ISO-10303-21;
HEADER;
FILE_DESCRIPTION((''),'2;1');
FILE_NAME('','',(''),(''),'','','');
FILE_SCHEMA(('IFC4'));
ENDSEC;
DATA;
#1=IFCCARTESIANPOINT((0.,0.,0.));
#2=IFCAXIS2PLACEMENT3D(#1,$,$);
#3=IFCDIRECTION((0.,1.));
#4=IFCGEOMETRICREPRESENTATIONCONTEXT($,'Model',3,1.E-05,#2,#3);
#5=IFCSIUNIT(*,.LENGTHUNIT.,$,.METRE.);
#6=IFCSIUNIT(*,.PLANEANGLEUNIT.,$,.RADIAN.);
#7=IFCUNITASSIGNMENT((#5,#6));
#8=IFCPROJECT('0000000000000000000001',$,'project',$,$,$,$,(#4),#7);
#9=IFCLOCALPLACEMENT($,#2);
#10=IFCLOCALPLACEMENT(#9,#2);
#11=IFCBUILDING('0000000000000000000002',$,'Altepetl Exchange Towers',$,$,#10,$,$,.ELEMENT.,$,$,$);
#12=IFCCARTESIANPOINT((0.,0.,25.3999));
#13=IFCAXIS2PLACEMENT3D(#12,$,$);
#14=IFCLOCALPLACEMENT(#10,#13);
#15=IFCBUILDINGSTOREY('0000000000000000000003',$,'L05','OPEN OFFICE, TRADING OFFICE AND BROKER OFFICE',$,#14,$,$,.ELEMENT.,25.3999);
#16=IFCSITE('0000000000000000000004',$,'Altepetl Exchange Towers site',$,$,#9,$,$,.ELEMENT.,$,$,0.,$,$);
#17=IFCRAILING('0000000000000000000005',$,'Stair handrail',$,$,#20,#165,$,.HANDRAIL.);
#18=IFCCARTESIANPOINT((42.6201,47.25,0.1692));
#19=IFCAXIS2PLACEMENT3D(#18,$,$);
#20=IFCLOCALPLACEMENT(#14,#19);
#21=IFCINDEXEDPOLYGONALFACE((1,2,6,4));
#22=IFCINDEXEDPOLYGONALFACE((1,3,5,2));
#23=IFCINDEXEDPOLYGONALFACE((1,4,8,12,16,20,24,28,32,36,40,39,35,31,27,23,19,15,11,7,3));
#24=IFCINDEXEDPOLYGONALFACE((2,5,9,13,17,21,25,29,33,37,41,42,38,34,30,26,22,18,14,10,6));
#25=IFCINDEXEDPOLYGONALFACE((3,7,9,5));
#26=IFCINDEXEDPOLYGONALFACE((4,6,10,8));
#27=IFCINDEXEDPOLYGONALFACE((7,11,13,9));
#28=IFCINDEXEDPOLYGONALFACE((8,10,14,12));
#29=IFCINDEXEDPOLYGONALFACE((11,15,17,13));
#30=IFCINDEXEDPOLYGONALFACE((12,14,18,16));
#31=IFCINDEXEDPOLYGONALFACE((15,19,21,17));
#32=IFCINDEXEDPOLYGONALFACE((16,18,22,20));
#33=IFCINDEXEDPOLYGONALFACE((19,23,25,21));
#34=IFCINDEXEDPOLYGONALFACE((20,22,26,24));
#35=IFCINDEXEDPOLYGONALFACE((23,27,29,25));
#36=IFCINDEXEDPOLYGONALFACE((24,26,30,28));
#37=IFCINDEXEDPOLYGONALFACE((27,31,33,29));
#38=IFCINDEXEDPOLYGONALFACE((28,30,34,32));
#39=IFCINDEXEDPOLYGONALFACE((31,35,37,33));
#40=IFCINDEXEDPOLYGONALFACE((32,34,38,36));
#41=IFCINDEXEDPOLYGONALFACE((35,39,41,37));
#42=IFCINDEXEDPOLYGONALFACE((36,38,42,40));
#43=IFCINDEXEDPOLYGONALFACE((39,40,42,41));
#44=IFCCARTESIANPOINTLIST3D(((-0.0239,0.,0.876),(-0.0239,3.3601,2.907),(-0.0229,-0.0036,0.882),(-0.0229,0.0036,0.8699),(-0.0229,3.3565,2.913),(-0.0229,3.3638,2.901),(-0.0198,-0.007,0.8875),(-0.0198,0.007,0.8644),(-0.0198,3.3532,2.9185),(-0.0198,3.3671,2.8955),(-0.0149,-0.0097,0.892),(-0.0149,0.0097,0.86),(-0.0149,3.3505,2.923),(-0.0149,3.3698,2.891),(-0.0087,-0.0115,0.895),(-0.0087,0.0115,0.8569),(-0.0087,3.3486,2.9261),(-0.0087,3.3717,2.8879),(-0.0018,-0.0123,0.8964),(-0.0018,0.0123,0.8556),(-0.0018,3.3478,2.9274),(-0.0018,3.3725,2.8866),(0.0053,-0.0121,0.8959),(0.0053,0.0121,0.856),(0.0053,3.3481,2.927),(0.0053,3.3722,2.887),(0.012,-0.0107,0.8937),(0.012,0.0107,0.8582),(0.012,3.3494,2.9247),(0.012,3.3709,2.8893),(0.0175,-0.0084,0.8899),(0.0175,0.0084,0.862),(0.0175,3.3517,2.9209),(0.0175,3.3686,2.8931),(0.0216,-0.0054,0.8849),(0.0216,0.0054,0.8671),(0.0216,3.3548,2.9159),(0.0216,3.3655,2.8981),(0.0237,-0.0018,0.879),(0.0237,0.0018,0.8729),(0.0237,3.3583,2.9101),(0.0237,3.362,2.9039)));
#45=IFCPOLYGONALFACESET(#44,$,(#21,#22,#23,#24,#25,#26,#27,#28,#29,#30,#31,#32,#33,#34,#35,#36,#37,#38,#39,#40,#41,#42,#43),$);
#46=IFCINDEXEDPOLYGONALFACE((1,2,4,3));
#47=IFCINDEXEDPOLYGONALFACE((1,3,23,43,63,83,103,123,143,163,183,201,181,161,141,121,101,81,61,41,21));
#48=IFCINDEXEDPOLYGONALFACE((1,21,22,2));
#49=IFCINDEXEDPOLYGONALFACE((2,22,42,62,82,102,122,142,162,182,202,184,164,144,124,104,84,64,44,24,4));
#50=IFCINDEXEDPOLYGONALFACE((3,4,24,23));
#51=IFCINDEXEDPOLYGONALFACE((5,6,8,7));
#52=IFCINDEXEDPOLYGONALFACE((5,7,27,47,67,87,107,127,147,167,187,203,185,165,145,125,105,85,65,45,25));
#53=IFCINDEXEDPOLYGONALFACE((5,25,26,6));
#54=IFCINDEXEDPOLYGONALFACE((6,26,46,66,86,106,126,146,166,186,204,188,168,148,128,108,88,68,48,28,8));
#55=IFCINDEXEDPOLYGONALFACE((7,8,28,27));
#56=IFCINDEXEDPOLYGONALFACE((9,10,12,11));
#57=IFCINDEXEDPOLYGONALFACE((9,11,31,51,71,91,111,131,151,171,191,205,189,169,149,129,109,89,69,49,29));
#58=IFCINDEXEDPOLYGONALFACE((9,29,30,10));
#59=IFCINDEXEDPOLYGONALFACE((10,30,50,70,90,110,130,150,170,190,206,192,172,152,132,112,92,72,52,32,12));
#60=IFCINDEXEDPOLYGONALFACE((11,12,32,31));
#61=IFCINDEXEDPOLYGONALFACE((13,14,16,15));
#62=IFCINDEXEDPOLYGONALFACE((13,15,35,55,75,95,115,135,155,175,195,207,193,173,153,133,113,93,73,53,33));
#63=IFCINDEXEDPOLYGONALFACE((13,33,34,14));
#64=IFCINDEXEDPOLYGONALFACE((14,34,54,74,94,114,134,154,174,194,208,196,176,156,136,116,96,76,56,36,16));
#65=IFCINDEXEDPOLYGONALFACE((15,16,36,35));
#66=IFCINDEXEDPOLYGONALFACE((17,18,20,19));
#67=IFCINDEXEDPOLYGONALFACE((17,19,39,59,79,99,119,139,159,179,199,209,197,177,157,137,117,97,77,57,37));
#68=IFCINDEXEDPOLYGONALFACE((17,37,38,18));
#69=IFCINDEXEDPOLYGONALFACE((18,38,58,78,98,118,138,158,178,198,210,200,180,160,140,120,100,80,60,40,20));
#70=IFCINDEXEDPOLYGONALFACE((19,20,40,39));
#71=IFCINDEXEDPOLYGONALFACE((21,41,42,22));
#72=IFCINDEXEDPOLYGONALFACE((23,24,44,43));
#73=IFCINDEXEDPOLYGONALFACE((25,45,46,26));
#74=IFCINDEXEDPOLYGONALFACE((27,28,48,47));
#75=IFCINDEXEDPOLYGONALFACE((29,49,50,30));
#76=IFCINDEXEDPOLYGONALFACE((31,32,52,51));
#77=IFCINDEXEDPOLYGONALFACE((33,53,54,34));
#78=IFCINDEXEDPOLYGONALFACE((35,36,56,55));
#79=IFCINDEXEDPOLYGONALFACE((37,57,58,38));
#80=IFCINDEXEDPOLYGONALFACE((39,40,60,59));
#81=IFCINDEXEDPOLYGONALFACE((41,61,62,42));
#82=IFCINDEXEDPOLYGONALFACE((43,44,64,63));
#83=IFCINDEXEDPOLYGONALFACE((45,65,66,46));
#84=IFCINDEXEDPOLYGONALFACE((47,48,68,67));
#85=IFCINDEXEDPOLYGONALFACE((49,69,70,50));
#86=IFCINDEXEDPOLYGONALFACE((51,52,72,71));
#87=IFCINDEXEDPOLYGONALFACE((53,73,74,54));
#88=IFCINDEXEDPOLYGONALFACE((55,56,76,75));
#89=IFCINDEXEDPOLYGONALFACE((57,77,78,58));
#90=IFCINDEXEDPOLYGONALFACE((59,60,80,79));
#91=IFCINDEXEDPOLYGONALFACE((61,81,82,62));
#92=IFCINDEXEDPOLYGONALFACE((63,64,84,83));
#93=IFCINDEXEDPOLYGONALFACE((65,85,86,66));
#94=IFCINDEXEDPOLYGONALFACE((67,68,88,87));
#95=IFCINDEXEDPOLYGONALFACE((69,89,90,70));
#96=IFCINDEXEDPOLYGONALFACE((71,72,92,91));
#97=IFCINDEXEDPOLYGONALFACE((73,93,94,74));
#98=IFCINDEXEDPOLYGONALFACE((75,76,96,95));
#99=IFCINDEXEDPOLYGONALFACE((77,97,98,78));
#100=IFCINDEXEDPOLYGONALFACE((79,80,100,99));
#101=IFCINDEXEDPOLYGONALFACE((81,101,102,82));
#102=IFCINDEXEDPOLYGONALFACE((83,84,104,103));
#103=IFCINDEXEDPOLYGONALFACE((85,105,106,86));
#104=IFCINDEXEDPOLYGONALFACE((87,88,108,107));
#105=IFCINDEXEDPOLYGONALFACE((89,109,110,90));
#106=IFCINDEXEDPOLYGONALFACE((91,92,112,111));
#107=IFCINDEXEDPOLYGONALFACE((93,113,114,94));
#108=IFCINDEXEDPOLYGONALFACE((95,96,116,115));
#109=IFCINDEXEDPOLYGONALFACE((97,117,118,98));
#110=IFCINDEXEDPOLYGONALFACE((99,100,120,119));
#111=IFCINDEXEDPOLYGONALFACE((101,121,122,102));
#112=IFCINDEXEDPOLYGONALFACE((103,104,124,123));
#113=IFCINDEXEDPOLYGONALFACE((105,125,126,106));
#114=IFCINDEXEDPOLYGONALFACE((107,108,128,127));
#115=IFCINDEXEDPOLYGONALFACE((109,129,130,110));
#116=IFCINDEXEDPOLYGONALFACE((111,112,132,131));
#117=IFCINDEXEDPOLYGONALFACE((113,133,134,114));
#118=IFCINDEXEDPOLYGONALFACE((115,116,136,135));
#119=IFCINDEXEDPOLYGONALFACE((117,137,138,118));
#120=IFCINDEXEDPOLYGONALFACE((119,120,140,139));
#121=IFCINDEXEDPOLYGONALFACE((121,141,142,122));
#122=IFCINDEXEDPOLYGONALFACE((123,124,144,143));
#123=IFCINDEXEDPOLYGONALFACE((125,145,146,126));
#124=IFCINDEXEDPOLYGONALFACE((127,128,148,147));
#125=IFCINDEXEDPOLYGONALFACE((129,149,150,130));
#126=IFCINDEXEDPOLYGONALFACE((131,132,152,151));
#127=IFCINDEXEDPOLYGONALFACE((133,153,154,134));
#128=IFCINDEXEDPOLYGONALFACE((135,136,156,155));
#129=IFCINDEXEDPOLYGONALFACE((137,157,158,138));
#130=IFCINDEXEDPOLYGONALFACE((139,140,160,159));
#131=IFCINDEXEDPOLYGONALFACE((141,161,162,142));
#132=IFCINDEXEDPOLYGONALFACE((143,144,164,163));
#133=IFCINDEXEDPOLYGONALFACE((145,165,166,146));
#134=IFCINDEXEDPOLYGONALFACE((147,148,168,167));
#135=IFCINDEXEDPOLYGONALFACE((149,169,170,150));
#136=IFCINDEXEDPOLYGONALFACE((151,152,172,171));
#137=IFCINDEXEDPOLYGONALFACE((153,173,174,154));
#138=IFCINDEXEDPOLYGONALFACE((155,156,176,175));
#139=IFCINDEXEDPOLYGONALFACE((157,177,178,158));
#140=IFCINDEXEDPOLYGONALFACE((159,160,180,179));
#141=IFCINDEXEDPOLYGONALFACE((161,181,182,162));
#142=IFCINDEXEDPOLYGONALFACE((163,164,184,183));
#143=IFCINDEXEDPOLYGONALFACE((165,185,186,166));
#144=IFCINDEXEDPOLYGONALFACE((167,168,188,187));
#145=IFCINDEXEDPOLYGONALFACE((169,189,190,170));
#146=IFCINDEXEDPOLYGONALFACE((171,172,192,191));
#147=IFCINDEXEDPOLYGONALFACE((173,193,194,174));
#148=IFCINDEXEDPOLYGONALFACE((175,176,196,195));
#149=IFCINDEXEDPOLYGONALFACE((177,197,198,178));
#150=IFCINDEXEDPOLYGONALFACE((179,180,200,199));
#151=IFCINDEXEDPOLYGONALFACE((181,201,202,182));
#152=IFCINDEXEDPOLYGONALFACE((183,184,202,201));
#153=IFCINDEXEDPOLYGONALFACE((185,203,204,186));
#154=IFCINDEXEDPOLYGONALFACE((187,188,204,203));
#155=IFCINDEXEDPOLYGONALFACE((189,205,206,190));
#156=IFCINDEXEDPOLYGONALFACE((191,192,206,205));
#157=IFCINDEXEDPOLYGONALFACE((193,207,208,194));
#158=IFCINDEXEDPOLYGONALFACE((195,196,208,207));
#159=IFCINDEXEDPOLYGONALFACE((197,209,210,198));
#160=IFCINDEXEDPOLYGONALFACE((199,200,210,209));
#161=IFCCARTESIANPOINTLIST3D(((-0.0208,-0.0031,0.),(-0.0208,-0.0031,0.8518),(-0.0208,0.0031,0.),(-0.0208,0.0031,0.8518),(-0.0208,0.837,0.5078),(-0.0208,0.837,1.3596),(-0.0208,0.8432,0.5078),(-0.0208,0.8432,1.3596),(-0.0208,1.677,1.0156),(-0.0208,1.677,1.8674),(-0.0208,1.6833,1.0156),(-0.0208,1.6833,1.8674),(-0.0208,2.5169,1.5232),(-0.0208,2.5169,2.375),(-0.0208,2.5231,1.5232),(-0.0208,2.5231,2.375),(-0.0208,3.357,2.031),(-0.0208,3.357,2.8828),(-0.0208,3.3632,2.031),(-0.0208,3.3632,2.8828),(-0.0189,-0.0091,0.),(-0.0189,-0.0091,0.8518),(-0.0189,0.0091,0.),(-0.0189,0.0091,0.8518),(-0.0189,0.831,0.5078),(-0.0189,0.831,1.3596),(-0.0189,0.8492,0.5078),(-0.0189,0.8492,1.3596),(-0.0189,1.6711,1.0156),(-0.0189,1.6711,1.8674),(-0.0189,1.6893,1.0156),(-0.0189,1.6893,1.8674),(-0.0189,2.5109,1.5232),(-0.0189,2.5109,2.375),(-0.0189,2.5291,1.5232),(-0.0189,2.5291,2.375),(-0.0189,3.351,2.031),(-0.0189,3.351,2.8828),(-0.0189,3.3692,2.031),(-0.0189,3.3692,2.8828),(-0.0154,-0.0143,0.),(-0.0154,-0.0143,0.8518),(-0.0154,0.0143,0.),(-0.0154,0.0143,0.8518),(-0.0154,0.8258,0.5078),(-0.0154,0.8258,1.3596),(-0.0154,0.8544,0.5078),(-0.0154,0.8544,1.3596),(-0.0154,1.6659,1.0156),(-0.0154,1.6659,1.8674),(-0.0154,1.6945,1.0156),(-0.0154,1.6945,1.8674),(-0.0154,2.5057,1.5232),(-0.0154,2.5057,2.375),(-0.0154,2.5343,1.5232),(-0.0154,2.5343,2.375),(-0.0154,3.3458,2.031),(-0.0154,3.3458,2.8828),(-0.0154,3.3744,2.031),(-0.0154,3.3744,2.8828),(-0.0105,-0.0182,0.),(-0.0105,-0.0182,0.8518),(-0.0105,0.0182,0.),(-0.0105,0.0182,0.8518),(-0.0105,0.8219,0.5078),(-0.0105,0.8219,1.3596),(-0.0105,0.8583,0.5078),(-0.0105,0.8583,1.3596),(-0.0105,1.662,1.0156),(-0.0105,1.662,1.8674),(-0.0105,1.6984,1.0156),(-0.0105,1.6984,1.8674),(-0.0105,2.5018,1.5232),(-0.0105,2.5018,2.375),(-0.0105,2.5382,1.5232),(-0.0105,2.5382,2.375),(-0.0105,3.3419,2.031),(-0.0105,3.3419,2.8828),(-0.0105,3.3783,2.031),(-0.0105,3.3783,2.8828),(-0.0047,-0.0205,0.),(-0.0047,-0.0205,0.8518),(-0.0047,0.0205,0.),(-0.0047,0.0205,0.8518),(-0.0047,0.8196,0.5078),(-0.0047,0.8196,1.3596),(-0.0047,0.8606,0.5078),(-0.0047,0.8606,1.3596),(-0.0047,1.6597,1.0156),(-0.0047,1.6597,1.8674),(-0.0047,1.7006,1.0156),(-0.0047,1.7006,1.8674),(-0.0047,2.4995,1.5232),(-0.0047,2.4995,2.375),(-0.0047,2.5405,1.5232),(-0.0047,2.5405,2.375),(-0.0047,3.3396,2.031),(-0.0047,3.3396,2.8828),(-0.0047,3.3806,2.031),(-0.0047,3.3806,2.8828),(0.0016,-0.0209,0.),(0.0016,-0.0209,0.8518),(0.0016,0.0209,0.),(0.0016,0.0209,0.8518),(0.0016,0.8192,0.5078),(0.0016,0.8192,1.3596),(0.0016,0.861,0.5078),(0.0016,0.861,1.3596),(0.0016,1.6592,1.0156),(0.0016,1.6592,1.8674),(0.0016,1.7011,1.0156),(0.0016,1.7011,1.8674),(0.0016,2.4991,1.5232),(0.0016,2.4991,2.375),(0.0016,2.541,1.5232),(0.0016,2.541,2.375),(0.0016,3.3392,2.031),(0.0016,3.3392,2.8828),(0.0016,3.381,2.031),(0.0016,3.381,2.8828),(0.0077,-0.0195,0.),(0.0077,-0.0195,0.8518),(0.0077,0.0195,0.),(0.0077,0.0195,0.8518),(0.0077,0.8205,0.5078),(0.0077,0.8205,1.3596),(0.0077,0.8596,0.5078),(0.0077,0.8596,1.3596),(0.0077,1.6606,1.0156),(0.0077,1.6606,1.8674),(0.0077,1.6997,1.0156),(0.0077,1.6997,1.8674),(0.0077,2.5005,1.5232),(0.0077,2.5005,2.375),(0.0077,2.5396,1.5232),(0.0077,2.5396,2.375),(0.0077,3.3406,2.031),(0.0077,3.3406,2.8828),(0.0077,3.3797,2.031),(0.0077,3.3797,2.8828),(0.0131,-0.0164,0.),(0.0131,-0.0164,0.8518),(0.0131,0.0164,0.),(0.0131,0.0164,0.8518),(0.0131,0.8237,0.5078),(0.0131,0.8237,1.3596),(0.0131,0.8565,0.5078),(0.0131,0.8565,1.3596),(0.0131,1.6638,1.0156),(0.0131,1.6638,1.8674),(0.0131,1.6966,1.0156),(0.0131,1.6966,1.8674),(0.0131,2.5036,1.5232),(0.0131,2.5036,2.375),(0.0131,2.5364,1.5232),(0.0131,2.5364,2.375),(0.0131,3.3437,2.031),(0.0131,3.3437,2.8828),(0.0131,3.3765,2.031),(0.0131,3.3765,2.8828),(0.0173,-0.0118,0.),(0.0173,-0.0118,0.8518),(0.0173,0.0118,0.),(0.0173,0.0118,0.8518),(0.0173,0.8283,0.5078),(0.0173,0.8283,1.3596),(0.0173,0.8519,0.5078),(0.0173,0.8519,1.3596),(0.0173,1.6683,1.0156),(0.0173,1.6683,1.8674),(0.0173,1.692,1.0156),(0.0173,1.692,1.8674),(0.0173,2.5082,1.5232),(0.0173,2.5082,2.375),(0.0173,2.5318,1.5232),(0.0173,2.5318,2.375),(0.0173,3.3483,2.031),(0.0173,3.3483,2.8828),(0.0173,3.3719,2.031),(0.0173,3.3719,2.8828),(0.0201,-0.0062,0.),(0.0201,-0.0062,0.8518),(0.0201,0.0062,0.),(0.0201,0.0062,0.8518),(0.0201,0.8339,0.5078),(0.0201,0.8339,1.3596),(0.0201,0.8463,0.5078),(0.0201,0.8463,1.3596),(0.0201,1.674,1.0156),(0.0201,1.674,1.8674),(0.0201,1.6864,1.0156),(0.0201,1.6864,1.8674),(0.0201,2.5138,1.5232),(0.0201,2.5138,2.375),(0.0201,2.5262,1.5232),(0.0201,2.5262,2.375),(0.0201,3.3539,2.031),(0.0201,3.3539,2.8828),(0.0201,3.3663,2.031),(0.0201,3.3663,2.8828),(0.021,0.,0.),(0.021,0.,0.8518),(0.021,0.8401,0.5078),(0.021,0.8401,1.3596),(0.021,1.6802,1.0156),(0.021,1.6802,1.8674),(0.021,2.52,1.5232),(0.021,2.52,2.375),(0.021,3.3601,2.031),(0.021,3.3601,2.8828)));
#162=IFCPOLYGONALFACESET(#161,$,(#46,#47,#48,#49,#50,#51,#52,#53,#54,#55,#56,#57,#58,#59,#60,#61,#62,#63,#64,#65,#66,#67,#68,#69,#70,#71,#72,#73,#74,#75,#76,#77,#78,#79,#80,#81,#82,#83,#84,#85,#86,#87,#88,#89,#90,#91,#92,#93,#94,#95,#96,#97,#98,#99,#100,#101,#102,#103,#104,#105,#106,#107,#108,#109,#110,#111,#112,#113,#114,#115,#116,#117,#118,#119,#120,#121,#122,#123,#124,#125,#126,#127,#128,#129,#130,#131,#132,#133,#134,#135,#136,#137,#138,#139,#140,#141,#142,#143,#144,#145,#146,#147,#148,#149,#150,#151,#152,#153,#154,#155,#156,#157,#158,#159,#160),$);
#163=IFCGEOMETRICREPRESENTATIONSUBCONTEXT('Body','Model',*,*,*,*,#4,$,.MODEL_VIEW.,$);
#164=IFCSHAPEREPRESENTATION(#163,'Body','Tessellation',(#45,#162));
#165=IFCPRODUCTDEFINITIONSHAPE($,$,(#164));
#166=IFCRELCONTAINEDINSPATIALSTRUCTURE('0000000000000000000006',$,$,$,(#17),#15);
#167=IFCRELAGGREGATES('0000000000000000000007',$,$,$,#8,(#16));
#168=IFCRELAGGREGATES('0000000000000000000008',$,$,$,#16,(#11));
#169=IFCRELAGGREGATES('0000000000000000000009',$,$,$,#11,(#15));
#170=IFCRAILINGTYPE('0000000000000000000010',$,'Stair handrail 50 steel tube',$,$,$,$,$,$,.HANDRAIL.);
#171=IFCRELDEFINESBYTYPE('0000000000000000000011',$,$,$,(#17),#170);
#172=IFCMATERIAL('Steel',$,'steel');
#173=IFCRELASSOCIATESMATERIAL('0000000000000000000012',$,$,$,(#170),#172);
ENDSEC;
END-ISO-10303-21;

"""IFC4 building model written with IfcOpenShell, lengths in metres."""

from ifc_helpers import new_model, si_unit, direction, frame, origin, origin_2d, place, context, subcontext, project, spatial, circle, extrude, source, transform, mapped, material, type_object, element, save


model = new_model("IFC4")

# Units and contexts
model_context = context("Model", 3, precision=1e-05, world=origin(), true_north=direction((0.0, 1.0)))
body_context = subcontext(model_context, "Body", "Model", "MODEL_VIEW")
ifc_project = project(units=[si_unit("LENGTHUNIT", "METRE"), si_unit("PLANEANGLEUNIT", "RADIAN")], contexts=[model_context])

# Site, building, storey
site_placement = place(None, origin())
site = spatial("IfcSite", under=ifc_project, at=site_placement, Name="Altepetl Exchange Towers site", CompositionType="ELEMENT", RefElevation=0.0)
building_placement = place(site_placement, origin())
building = spatial("IfcBuilding", under=site, at=building_placement, Name="Altepetl Exchange Towers", CompositionType="ELEMENT")
storey_placement = place(building_placement, frame((0.0, 0.0, 25.3999)))
storey = spatial("IfcBuildingStorey", under=building, at=storey_placement, Name="L05", Description="OPEN OFFICE, TRADING OFFICE AND BROKER OFFICE", CompositionType="ELEMENT", Elevation=25.3999)

# Railing
ifc_material_1 = material(Name="Steel", Category="steel")
railing_type = type_object("IfcRailingType", Name="Stair handrail 50 steel tube", PredefinedType="HANDRAIL", material=ifc_material_1)
shared_shape = source(origin(), body_context, "Body", "SweptSolid", [
    extrude(circle(Radius=0.021, at=origin_2d()), origin(), (0.0, 0.0, 1.0), 0.8518),
])
railing_placement = place(storey_placement, frame((42.6201, 47.25, 0.1692)))
element("IfcRailing", 1, at=railing_placement, inside=storey, type_object=railing_type, Name="Stair handrail", PredefinedType="HANDRAIL", context=body_context, shape_type="SweptSolid", body=[
    extrude(circle(Radius=0.0239, at=origin_2d()), frame((0.0, 0.0, 0.876), z_axis=(0.0, 0.855809, 0.517291), x_axis=(-1.0, 0.0, 0.0)), (0.0, 0.0, 1.0), 3.9263),
    mapped(shared_shape, transform((0.0, 0.0, 0.0))),
    mapped(shared_shape, transform((0.0, 0.8401, 0.5078))),
    mapped(shared_shape, transform((0.0, 1.6802, 1.0156))),
    mapped(shared_shape, transform((0.0, 2.52, 1.5232))),
    mapped(shared_shape, transform((0.0, 3.3601, 2.031))),
])

save(model, "model.ifc")
